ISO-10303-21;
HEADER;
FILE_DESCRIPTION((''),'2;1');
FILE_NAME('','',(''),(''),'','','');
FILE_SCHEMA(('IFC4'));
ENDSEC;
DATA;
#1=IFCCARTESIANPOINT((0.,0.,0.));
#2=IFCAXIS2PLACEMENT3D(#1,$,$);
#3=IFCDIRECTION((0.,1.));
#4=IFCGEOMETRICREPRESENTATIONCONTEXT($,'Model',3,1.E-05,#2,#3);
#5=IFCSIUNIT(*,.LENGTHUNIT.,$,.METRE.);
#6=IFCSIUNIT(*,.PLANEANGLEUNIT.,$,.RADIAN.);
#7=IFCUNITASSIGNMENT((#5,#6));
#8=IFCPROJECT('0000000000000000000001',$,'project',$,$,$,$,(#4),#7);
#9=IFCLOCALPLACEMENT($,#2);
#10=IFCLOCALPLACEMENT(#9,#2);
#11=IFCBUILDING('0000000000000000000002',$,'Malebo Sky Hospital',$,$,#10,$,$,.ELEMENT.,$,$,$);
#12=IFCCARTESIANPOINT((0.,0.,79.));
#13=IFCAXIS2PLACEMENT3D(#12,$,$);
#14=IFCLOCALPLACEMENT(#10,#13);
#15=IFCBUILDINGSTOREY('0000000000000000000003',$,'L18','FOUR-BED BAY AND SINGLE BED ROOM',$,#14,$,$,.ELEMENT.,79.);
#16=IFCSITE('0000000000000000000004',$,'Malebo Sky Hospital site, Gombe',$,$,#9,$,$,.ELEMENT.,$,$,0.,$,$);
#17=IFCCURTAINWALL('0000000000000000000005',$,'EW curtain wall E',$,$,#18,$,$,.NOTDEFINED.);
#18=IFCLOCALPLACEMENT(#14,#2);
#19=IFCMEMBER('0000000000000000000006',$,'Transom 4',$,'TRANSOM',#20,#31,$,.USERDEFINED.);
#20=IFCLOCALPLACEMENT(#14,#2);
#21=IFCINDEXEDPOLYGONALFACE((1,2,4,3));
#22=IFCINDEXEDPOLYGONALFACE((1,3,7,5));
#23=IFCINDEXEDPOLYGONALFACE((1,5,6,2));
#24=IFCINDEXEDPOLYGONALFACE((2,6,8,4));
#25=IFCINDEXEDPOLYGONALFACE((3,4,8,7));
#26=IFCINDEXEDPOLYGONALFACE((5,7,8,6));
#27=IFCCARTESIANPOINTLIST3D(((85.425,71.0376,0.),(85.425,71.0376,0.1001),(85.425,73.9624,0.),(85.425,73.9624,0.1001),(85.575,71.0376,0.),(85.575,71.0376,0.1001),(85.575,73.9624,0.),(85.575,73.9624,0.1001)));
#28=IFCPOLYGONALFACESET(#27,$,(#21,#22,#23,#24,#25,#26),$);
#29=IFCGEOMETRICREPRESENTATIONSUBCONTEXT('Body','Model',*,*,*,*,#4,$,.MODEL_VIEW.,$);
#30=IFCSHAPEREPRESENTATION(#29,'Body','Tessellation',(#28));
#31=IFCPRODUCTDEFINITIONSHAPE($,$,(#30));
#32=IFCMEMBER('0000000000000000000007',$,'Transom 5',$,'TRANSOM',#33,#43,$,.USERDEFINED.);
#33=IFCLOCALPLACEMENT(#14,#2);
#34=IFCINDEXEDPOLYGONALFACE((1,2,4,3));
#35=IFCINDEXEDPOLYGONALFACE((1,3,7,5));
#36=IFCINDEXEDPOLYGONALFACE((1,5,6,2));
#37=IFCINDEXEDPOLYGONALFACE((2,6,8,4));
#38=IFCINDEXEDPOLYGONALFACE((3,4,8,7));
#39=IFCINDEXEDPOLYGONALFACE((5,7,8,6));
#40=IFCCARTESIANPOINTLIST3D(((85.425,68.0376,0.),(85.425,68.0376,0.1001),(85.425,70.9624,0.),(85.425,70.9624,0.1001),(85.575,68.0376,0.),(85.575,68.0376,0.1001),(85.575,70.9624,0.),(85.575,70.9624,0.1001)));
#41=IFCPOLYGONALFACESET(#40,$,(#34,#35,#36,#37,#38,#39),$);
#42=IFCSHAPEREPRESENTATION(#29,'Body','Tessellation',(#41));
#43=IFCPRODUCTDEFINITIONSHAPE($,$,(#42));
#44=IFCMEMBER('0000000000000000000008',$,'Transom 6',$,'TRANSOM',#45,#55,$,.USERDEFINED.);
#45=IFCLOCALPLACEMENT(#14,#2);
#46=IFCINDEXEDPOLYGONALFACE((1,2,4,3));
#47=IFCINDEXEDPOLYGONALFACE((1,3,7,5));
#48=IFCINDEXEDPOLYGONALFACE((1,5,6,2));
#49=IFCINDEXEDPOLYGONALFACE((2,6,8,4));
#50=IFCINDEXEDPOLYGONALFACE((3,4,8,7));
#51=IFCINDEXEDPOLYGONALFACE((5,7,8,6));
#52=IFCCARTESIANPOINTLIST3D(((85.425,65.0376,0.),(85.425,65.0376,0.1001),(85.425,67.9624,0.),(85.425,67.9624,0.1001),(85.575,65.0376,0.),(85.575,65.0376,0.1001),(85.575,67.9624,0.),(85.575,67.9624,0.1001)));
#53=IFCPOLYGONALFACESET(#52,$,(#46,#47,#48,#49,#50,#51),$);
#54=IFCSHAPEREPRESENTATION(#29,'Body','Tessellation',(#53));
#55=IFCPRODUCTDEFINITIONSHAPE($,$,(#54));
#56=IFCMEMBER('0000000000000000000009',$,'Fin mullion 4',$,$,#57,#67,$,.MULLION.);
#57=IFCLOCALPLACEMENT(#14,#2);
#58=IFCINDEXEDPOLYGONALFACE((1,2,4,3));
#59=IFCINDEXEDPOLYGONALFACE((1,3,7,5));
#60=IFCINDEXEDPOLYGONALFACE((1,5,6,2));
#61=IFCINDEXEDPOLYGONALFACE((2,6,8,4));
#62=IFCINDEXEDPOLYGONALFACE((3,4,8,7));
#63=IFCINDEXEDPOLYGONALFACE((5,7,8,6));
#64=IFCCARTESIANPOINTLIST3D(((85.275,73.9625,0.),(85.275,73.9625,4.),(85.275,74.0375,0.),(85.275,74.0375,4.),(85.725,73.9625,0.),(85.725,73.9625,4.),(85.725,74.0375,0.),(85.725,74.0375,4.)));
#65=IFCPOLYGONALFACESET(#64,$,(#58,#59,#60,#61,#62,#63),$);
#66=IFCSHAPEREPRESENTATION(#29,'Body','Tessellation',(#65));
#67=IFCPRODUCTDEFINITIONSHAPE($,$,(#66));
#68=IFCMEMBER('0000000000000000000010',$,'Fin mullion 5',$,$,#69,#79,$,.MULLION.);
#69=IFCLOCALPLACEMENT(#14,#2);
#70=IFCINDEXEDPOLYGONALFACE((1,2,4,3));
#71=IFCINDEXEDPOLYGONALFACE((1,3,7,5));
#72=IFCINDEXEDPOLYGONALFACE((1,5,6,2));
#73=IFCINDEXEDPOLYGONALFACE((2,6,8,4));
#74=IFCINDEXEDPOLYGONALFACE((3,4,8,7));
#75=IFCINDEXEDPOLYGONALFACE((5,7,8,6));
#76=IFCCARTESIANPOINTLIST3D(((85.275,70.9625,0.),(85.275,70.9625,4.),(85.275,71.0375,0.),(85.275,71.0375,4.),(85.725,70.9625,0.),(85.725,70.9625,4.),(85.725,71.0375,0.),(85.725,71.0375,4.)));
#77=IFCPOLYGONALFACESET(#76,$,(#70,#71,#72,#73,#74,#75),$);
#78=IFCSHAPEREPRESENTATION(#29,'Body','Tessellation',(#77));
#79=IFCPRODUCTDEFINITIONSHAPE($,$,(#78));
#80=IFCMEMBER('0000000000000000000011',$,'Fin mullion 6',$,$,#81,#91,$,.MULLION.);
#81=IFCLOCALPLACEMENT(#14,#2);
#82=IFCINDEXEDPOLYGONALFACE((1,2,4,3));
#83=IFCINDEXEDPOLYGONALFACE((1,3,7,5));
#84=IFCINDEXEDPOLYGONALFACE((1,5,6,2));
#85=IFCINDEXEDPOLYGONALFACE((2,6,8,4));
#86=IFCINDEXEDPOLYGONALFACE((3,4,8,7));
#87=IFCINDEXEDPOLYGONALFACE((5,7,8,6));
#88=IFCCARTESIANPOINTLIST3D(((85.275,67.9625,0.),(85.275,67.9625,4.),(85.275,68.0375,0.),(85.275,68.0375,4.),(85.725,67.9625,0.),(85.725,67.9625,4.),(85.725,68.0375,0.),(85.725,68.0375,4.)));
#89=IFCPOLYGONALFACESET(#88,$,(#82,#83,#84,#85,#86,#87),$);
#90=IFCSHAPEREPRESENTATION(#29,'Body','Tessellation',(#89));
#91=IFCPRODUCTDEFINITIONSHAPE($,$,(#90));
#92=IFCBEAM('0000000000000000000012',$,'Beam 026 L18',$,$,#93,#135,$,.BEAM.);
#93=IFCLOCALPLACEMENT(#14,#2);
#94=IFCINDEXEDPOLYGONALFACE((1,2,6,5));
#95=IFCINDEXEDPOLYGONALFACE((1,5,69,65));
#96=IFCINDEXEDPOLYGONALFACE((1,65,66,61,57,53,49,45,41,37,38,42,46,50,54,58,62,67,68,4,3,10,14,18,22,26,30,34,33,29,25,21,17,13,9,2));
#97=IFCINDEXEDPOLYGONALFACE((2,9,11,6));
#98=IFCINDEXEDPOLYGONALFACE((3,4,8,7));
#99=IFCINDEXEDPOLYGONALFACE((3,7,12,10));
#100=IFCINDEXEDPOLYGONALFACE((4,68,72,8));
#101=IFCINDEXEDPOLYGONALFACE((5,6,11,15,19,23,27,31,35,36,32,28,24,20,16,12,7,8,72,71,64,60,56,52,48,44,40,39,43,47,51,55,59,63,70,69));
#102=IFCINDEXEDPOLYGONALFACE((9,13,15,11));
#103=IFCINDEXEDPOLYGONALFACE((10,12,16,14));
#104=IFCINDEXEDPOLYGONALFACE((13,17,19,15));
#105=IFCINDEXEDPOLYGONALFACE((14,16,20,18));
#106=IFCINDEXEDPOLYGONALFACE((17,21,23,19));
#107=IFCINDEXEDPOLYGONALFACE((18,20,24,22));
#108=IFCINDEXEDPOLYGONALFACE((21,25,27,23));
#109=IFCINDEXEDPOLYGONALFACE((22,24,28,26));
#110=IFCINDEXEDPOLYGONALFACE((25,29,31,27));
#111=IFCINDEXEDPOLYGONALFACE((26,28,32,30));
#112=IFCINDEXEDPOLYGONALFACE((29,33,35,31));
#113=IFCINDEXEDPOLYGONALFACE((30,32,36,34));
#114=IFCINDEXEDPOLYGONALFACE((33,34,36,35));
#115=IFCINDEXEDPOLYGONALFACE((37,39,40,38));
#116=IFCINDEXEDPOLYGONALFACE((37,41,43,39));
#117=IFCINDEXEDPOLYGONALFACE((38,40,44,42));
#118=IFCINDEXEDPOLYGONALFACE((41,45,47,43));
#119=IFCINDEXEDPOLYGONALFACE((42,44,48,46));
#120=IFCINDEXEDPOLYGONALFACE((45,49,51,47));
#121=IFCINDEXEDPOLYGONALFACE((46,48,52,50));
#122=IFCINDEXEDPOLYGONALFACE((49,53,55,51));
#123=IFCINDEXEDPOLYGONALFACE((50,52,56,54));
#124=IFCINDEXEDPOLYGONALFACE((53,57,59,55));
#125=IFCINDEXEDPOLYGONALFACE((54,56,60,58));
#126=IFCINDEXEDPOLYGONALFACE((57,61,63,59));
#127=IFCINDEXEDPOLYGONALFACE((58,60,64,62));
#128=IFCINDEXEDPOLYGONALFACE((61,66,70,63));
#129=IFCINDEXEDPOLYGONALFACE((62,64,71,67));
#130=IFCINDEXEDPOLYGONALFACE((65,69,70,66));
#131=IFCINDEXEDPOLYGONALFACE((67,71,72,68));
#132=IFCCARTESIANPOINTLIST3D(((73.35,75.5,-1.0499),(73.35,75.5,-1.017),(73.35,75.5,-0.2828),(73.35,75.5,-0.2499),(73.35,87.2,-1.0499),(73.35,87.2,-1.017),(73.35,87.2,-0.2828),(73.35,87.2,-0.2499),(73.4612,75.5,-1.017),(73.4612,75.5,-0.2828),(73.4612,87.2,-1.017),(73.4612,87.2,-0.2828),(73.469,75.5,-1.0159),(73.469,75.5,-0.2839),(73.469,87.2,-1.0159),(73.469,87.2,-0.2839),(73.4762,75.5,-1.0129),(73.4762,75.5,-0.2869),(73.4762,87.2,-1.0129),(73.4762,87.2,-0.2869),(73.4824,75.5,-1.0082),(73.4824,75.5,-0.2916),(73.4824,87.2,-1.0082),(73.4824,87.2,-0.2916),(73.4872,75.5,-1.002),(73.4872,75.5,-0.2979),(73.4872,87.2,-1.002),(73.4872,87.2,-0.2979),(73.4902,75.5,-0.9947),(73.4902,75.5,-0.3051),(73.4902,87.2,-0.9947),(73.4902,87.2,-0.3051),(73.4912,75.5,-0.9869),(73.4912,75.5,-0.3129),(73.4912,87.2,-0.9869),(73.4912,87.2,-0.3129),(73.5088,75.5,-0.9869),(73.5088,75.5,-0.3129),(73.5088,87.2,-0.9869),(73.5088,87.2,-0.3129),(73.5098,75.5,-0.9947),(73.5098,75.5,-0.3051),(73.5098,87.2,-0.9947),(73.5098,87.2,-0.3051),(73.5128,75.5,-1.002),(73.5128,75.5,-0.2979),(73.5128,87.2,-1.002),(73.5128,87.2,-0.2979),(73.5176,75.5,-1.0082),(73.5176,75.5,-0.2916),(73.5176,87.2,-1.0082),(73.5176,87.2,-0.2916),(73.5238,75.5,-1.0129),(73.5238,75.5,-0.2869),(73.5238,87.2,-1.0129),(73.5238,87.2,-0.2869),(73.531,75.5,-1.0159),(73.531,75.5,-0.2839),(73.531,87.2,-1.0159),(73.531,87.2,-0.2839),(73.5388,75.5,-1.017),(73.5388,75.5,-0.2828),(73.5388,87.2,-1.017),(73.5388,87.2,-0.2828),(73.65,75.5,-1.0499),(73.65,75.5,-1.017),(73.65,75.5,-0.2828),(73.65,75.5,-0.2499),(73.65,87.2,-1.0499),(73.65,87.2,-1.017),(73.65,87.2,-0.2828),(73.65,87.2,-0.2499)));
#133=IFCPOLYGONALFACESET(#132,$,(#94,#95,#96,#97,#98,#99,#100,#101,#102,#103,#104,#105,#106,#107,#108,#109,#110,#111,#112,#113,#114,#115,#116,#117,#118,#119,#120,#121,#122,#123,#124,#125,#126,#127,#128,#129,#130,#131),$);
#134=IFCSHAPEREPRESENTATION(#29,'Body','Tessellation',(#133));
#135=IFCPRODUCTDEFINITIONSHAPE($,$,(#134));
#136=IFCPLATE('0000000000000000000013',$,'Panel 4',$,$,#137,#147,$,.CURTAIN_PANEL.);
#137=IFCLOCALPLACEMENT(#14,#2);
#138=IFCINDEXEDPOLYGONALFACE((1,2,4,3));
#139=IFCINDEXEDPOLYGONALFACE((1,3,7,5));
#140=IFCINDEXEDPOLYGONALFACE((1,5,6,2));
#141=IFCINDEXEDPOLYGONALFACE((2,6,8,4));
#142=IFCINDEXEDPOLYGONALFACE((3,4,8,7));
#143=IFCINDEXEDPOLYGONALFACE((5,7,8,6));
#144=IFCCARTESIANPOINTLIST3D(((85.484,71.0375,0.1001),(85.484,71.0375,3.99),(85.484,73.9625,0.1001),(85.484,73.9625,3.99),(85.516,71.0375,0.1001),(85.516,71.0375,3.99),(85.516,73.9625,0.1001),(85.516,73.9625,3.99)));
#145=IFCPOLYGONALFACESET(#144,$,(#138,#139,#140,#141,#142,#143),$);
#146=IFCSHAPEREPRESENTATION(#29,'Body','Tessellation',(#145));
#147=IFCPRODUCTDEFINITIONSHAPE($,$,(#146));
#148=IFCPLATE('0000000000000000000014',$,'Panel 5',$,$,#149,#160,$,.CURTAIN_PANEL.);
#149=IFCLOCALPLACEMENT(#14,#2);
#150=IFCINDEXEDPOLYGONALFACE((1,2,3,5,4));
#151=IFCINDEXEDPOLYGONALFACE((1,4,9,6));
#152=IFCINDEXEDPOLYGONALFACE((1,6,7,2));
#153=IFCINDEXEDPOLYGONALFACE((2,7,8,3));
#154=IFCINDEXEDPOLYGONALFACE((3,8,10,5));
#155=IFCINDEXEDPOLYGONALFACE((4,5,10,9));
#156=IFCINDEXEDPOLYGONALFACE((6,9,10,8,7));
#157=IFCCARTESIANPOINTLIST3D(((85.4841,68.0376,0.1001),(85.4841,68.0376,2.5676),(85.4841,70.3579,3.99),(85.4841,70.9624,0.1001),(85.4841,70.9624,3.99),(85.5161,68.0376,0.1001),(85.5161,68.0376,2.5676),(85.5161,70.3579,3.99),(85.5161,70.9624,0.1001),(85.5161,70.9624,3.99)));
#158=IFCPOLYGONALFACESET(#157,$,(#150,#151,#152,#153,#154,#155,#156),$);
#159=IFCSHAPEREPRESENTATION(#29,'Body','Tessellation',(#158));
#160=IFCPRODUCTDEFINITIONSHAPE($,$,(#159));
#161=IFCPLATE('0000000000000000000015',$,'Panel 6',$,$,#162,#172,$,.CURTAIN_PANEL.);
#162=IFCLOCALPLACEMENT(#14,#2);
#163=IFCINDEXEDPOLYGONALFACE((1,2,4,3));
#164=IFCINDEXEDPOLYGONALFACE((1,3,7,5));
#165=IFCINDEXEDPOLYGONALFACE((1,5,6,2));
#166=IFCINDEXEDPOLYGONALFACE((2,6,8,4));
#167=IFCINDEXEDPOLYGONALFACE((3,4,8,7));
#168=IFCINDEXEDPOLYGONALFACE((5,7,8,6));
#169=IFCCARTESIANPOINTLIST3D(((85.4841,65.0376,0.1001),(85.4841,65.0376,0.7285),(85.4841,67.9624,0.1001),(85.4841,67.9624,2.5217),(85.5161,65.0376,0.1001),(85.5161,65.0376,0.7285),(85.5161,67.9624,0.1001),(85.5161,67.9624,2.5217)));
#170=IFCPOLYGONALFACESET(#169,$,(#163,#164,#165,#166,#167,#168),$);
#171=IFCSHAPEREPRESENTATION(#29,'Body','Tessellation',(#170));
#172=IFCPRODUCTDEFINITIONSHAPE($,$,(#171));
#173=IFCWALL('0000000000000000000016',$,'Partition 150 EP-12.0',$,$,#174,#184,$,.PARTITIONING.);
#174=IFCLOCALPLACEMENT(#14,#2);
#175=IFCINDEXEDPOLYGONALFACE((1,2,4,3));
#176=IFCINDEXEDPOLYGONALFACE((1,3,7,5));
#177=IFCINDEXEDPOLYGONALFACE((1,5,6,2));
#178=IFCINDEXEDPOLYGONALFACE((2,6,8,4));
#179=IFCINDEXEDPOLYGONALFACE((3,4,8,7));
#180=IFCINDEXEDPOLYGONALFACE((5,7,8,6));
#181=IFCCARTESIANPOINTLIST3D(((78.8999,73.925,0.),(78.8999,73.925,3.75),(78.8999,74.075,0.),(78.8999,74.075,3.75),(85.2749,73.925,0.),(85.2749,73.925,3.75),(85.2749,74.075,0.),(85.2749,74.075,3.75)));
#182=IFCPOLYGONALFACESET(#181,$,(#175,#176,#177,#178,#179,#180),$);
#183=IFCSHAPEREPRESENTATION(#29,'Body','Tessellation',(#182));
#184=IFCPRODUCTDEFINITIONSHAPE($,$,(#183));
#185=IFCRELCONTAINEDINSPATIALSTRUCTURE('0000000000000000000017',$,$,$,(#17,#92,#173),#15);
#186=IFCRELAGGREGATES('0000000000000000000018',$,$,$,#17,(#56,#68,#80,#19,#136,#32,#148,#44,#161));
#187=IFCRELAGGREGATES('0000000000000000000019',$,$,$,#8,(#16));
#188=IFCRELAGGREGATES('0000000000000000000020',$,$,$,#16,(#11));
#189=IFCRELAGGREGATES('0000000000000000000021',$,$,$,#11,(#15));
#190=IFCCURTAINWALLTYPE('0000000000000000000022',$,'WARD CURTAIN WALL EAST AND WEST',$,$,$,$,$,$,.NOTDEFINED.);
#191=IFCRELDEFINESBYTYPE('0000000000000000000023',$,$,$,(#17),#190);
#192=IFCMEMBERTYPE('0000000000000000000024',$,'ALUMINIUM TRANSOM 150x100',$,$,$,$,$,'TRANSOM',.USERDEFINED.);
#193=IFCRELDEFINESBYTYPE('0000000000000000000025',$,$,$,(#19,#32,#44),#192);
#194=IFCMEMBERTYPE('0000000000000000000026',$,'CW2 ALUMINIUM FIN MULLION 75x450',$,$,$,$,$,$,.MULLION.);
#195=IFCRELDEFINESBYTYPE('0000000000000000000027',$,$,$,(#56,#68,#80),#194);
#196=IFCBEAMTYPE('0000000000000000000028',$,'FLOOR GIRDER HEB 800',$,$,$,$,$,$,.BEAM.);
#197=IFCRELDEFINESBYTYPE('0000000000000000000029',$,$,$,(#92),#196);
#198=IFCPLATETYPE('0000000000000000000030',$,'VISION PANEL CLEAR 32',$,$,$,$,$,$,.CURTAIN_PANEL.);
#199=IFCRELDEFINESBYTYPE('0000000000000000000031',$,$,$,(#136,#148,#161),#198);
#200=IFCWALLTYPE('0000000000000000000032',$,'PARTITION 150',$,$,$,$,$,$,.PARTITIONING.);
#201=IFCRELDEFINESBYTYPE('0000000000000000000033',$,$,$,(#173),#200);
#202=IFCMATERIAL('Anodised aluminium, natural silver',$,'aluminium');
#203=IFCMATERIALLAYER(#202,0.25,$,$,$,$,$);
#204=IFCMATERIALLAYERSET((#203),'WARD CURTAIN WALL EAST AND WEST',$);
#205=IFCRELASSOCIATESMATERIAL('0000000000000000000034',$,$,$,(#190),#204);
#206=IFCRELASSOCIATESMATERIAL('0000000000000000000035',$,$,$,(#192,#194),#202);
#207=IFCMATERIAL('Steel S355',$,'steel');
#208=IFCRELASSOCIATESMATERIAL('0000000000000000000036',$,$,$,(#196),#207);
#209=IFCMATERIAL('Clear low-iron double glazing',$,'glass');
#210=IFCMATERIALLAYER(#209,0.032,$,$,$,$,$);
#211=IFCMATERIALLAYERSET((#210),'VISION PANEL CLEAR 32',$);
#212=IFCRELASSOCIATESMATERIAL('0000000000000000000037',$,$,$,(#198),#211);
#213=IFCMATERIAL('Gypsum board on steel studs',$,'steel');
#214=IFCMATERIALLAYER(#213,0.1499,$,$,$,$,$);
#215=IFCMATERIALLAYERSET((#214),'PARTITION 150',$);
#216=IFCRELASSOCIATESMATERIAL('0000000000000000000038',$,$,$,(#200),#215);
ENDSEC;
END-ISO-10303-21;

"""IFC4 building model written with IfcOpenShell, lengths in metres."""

from ifc_helpers import new_model, si_unit, direction, frame, frame_2d, origin, origin_2d, place, context, subcontext, project, spatial, polyline, rectangle, i_section, outline, extrude, material, layer, layer_set, material_profile, profile_set, type_object, element, aggregate, save


model = new_model("IFC4")

# Units and contexts
model_context = context("Model", 3, precision=1e-05, world=origin(), true_north=direction((0.0, 1.0)))
body_context = subcontext(model_context, "Body", "Model", "MODEL_VIEW")
ifc_project = project(units=[si_unit("LENGTHUNIT", "METRE"), si_unit("PLANEANGLEUNIT", "RADIAN")], contexts=[model_context])

# Site, building, storey
site_placement = place(None, origin())
site = spatial("IfcSite", under=ifc_project, at=site_placement, Name="Malebo Sky Hospital site, Gombe", CompositionType="ELEMENT", RefElevation=0.0)
building_placement = place(site_placement, origin())
building = spatial("IfcBuilding", under=site, at=building_placement, Name="Malebo Sky Hospital", CompositionType="ELEMENT")
storey_placement = place(building_placement, frame((0.0, 0.0, 79.0)))
storey = spatial("IfcBuildingStorey", under=building, at=storey_placement, Name="L18", Description="FOUR-BED BAY AND SINGLE BED ROOM", CompositionType="ELEMENT", Elevation=79.0)

# Curtain wall, members
ifc_material_1 = material(Name="Anodised aluminium, natural silver", Category="aluminium")
ifc_layer_1 = layer(ifc_material_1, 0.25)
ifc_layer_set_1 = layer_set([ifc_layer_1], Name="WARD CURTAIN WALL EAST AND WEST")
curtain_wall_type = type_object("IfcCurtainWallType", Name="WARD CURTAIN WALL EAST AND WEST", PredefinedType="NOTDEFINED", material=ifc_layer_set_1)
curtain_wall_placement = place(storey_placement, origin())
curtain_wall = element("IfcCurtainWall", 1, at=curtain_wall_placement, inside=storey, type_object=curtain_wall_type, Name="EW curtain wall E", PredefinedType="NOTDEFINED")
ifc_material_profile_1 = material_profile(ifc_material_1, rectangle(XDim=0.1499, YDim=0.1001, at=origin_2d()), Name="ALUMINIUM TRANSOM 150x100")
ifc_profile_set_1 = profile_set([ifc_material_profile_1], Name="Anodised aluminium, natural silver")
member_type_1 = type_object("IfcMemberType", Name="ALUMINIUM TRANSOM 150x100", ElementType="TRANSOM", PredefinedType="USERDEFINED", material=ifc_profile_set_1)
member_1_placement = place(storey_placement, frame((85.5, 73.9624, 0.05), z_axis=(0.0, -1.0, 0.0), x_axis=(1.0, 0.0, 0.0)))
member_1 = element("IfcMember", 2, at=member_1_placement, type_object=member_type_1, Name="Transom 4", ObjectType="TRANSOM", PredefinedType="USERDEFINED", context=body_context, shape_type="SweptSolid", body=[
    extrude(rectangle(XDim=0.1499, YDim=0.1001, at=origin_2d()), origin(), (0.0, 0.0, 1.0), 2.9248),
])
member_2_placement = place(storey_placement, frame((85.5, 70.9624, 0.05), z_axis=(0.0, -1.0, 0.0), x_axis=(1.0, 0.0, 0.0)))
member_2 = element("IfcMember", 3, at=member_2_placement, type_object=member_type_1, Name="Transom 5", ObjectType="TRANSOM", PredefinedType="USERDEFINED", context=body_context, shape_type="SweptSolid", body=[
    extrude(rectangle(XDim=0.1499, YDim=0.1001, at=origin_2d()), origin(), (0.0, 0.0, 1.0), 2.9248),
])
member_3_placement = place(storey_placement, frame((85.5, 67.9624, 0.05), z_axis=(0.0, -1.0, 0.0), x_axis=(1.0, 0.0, 0.0)))
member_3 = element("IfcMember", 4, at=member_3_placement, type_object=member_type_1, Name="Transom 6", ObjectType="TRANSOM", PredefinedType="USERDEFINED", context=body_context, shape_type="SweptSolid", body=[
    extrude(rectangle(XDim=0.1499, YDim=0.1001, at=origin_2d()), origin(), (0.0, 0.0, 1.0), 2.9248),
])
ifc_material_profile_2 = material_profile(ifc_material_1, rectangle(XDim=0.075, YDim=0.45, at=origin_2d()), Name="CW2 ALUMINIUM FIN MULLION 75x450")
ifc_profile_set_2 = profile_set([ifc_material_profile_2], Name="Anodised aluminium, natural silver")
member_type_2 = type_object("IfcMemberType", Name="CW2 ALUMINIUM FIN MULLION 75x450", PredefinedType="MULLION", material=ifc_profile_set_2)
member_4_placement = place(storey_placement, frame((85.5, 74.0, 0.0), z_axis=(0.0, 0.0, 1.0), x_axis=(0.0, -1.0, 0.0)))
member_4 = element("IfcMember", 5, at=member_4_placement, type_object=member_type_2, Name="Fin mullion 4", PredefinedType="MULLION", context=body_context, shape_type="SweptSolid", body=[
    extrude(rectangle(XDim=0.075, YDim=0.45, at=origin_2d()), origin(), (0.0, 0.0, 1.0), 4.0),
])
member_5_placement = place(storey_placement, frame((85.5, 71.0, 0.0), z_axis=(0.0, 0.0, 1.0), x_axis=(0.0, -1.0, 0.0)))
member_5 = element("IfcMember", 6, at=member_5_placement, type_object=member_type_2, Name="Fin mullion 5", PredefinedType="MULLION", context=body_context, shape_type="SweptSolid", body=[
    extrude(rectangle(XDim=0.075, YDim=0.45, at=origin_2d()), origin(), (0.0, 0.0, 1.0), 4.0),
])
member_6_placement = place(storey_placement, frame((85.5, 68.0, 0.0), z_axis=(0.0, 0.0, 1.0), x_axis=(0.0, -1.0, 0.0)))
member_6 = element("IfcMember", 7, at=member_6_placement, type_object=member_type_2, Name="Fin mullion 6", PredefinedType="MULLION", context=body_context, shape_type="SweptSolid", body=[
    extrude(rectangle(XDim=0.075, YDim=0.45, at=origin_2d()), origin(), (0.0, 0.0, 1.0), 4.0),
])

# Beam
ifc_material_2 = material(Name="Steel S355", Category="steel")
ifc_material_profile_3 = material_profile(ifc_material_2, i_section(OverallWidth=0.3, OverallDepth=0.8, WebThickness=0.0176, FlangeThickness=0.033, FilletRadius=0.03, at=origin_2d()), Name="HEB 800")
ifc_profile_set_3 = profile_set([ifc_material_profile_3], Name="Steel S355")
beam_type = type_object("IfcBeamType", Name="FLOOR GIRDER HEB 800", PredefinedType="BEAM", material=ifc_profile_set_3)
beam_placement = place(storey_placement, frame((73.5, 75.5, -0.6499), z_axis=(0.0, 1.0, 0.0), x_axis=(-1.0, 0.0, 0.0)))
element("IfcBeam", 8, at=beam_placement, inside=storey, type_object=beam_type, Name="Beam 026 L18", PredefinedType="BEAM", context=body_context, shape_type="SweptSolid", body=[
    extrude(i_section(OverallWidth=0.3, OverallDepth=0.8, WebThickness=0.0176, FlangeThickness=0.033, FilletRadius=0.03, at=origin_2d()), origin(), (0.0, 0.0, 1.0), 11.7),
])

# Plates
ifc_material_3 = material(Name="Clear low-iron double glazing", Category="glass")
ifc_layer_2 = layer(ifc_material_3, 0.032)
ifc_layer_set_2 = layer_set([ifc_layer_2], Name="VISION PANEL CLEAR 32")
plate_type = type_object("IfcPlateType", Name="VISION PANEL CLEAR 32", PredefinedType="CURTAIN_PANEL", material=ifc_layer_set_2)
plate_1_placement = place(storey_placement, frame((85.5, 72.5, 0.1001), z_axis=(0.0, 0.0, 1.0), x_axis=(0.0, -1.0, 0.0)))
plate_1 = element("IfcPlate", 9, at=plate_1_placement, type_object=plate_type, Name="Panel 4", PredefinedType="CURTAIN_PANEL", context=body_context, shape_type="SweptSolid", body=[
    extrude(rectangle(XDim=2.925, YDim=0.032, at=origin_2d()), origin(), (0.0, 0.0, 1.0), 3.8899),
])
plate_2_placement = place(storey_placement, frame((85.5, 69.5, 0.1001), z_axis=(0.0, 0.0, 1.0), x_axis=(0.0, -1.0, 0.0)))
plate_2 = element("IfcPlate", 10, at=plate_2_placement, type_object=plate_type, Name="Panel 5", PredefinedType="CURTAIN_PANEL", context=body_context, shape_type="SweptSolid", body=[
    extrude(outline(polyline([(-1.4624, 0.0), (1.4624, 0.0), (1.4624, 2.4675), (-0.8579, 3.8899), (-1.4624, 3.8899), (-1.4624, 0.0)])), frame((0.0, 0.0161, 0.0), z_axis=(0.0, -1.0, 0.0), x_axis=(1.0, 0.0, 0.0)), (0.0, 0.0, 1.0), 0.032),
])
plate_3_placement = place(storey_placement, frame((85.5, 66.5, 0.1001), z_axis=(0.0, 0.0, 1.0), x_axis=(0.0, -1.0, 0.0)))
plate_3 = element("IfcPlate", 11, at=plate_3_placement, type_object=plate_type, Name="Panel 6", PredefinedType="CURTAIN_PANEL", context=body_context, shape_type="SweptSolid", body=[
    extrude(outline(polyline([(-1.4624, 0.0), (1.4624, 0.0), (1.4624, 0.6284), (-1.4624, 2.4216), (-1.4624, 0.0)])), frame((0.0, 0.0161, 0.0), z_axis=(0.0, -1.0, 0.0), x_axis=(1.0, 0.0, 0.0)), (0.0, 0.0, 1.0), 0.032),
])
aggregate(curtain_wall, [member_4, member_5, member_6, member_1, plate_1, member_2, plate_2, member_3, plate_3])

# Wall
ifc_material_4 = material(Name="Gypsum board on steel studs", Category="steel")
ifc_layer_3 = layer(ifc_material_4, 0.1499)
ifc_layer_set_3 = layer_set([ifc_layer_3], Name="PARTITION 150")
wall_type = type_object("IfcWallType", Name="PARTITION 150", PredefinedType="PARTITIONING", material=ifc_layer_set_3)
for number, where, z_axis, x_axis, name in (
    (12, (78.8999, 74.0, 0.0), (0.0, 0.0, 1.0), (1.0, 0.0, 0.0), "Partition 150 EP-12.0"),
):
    element("IfcWall", number, at=place(storey_placement, frame(where, z_axis=z_axis, x_axis=x_axis)), inside=storey, type_object=wall_type, Name=name, PredefinedType="PARTITIONING", context=body_context, shape_type="SweptSolid", body=[
        extrude(rectangle(XDim=6.375, YDim=0.1499, at=frame_2d((3.1875, 0.0))), origin(), (0.0, 0.0, 1.0), 3.75),
    ])

save(model, "model.ifc")
